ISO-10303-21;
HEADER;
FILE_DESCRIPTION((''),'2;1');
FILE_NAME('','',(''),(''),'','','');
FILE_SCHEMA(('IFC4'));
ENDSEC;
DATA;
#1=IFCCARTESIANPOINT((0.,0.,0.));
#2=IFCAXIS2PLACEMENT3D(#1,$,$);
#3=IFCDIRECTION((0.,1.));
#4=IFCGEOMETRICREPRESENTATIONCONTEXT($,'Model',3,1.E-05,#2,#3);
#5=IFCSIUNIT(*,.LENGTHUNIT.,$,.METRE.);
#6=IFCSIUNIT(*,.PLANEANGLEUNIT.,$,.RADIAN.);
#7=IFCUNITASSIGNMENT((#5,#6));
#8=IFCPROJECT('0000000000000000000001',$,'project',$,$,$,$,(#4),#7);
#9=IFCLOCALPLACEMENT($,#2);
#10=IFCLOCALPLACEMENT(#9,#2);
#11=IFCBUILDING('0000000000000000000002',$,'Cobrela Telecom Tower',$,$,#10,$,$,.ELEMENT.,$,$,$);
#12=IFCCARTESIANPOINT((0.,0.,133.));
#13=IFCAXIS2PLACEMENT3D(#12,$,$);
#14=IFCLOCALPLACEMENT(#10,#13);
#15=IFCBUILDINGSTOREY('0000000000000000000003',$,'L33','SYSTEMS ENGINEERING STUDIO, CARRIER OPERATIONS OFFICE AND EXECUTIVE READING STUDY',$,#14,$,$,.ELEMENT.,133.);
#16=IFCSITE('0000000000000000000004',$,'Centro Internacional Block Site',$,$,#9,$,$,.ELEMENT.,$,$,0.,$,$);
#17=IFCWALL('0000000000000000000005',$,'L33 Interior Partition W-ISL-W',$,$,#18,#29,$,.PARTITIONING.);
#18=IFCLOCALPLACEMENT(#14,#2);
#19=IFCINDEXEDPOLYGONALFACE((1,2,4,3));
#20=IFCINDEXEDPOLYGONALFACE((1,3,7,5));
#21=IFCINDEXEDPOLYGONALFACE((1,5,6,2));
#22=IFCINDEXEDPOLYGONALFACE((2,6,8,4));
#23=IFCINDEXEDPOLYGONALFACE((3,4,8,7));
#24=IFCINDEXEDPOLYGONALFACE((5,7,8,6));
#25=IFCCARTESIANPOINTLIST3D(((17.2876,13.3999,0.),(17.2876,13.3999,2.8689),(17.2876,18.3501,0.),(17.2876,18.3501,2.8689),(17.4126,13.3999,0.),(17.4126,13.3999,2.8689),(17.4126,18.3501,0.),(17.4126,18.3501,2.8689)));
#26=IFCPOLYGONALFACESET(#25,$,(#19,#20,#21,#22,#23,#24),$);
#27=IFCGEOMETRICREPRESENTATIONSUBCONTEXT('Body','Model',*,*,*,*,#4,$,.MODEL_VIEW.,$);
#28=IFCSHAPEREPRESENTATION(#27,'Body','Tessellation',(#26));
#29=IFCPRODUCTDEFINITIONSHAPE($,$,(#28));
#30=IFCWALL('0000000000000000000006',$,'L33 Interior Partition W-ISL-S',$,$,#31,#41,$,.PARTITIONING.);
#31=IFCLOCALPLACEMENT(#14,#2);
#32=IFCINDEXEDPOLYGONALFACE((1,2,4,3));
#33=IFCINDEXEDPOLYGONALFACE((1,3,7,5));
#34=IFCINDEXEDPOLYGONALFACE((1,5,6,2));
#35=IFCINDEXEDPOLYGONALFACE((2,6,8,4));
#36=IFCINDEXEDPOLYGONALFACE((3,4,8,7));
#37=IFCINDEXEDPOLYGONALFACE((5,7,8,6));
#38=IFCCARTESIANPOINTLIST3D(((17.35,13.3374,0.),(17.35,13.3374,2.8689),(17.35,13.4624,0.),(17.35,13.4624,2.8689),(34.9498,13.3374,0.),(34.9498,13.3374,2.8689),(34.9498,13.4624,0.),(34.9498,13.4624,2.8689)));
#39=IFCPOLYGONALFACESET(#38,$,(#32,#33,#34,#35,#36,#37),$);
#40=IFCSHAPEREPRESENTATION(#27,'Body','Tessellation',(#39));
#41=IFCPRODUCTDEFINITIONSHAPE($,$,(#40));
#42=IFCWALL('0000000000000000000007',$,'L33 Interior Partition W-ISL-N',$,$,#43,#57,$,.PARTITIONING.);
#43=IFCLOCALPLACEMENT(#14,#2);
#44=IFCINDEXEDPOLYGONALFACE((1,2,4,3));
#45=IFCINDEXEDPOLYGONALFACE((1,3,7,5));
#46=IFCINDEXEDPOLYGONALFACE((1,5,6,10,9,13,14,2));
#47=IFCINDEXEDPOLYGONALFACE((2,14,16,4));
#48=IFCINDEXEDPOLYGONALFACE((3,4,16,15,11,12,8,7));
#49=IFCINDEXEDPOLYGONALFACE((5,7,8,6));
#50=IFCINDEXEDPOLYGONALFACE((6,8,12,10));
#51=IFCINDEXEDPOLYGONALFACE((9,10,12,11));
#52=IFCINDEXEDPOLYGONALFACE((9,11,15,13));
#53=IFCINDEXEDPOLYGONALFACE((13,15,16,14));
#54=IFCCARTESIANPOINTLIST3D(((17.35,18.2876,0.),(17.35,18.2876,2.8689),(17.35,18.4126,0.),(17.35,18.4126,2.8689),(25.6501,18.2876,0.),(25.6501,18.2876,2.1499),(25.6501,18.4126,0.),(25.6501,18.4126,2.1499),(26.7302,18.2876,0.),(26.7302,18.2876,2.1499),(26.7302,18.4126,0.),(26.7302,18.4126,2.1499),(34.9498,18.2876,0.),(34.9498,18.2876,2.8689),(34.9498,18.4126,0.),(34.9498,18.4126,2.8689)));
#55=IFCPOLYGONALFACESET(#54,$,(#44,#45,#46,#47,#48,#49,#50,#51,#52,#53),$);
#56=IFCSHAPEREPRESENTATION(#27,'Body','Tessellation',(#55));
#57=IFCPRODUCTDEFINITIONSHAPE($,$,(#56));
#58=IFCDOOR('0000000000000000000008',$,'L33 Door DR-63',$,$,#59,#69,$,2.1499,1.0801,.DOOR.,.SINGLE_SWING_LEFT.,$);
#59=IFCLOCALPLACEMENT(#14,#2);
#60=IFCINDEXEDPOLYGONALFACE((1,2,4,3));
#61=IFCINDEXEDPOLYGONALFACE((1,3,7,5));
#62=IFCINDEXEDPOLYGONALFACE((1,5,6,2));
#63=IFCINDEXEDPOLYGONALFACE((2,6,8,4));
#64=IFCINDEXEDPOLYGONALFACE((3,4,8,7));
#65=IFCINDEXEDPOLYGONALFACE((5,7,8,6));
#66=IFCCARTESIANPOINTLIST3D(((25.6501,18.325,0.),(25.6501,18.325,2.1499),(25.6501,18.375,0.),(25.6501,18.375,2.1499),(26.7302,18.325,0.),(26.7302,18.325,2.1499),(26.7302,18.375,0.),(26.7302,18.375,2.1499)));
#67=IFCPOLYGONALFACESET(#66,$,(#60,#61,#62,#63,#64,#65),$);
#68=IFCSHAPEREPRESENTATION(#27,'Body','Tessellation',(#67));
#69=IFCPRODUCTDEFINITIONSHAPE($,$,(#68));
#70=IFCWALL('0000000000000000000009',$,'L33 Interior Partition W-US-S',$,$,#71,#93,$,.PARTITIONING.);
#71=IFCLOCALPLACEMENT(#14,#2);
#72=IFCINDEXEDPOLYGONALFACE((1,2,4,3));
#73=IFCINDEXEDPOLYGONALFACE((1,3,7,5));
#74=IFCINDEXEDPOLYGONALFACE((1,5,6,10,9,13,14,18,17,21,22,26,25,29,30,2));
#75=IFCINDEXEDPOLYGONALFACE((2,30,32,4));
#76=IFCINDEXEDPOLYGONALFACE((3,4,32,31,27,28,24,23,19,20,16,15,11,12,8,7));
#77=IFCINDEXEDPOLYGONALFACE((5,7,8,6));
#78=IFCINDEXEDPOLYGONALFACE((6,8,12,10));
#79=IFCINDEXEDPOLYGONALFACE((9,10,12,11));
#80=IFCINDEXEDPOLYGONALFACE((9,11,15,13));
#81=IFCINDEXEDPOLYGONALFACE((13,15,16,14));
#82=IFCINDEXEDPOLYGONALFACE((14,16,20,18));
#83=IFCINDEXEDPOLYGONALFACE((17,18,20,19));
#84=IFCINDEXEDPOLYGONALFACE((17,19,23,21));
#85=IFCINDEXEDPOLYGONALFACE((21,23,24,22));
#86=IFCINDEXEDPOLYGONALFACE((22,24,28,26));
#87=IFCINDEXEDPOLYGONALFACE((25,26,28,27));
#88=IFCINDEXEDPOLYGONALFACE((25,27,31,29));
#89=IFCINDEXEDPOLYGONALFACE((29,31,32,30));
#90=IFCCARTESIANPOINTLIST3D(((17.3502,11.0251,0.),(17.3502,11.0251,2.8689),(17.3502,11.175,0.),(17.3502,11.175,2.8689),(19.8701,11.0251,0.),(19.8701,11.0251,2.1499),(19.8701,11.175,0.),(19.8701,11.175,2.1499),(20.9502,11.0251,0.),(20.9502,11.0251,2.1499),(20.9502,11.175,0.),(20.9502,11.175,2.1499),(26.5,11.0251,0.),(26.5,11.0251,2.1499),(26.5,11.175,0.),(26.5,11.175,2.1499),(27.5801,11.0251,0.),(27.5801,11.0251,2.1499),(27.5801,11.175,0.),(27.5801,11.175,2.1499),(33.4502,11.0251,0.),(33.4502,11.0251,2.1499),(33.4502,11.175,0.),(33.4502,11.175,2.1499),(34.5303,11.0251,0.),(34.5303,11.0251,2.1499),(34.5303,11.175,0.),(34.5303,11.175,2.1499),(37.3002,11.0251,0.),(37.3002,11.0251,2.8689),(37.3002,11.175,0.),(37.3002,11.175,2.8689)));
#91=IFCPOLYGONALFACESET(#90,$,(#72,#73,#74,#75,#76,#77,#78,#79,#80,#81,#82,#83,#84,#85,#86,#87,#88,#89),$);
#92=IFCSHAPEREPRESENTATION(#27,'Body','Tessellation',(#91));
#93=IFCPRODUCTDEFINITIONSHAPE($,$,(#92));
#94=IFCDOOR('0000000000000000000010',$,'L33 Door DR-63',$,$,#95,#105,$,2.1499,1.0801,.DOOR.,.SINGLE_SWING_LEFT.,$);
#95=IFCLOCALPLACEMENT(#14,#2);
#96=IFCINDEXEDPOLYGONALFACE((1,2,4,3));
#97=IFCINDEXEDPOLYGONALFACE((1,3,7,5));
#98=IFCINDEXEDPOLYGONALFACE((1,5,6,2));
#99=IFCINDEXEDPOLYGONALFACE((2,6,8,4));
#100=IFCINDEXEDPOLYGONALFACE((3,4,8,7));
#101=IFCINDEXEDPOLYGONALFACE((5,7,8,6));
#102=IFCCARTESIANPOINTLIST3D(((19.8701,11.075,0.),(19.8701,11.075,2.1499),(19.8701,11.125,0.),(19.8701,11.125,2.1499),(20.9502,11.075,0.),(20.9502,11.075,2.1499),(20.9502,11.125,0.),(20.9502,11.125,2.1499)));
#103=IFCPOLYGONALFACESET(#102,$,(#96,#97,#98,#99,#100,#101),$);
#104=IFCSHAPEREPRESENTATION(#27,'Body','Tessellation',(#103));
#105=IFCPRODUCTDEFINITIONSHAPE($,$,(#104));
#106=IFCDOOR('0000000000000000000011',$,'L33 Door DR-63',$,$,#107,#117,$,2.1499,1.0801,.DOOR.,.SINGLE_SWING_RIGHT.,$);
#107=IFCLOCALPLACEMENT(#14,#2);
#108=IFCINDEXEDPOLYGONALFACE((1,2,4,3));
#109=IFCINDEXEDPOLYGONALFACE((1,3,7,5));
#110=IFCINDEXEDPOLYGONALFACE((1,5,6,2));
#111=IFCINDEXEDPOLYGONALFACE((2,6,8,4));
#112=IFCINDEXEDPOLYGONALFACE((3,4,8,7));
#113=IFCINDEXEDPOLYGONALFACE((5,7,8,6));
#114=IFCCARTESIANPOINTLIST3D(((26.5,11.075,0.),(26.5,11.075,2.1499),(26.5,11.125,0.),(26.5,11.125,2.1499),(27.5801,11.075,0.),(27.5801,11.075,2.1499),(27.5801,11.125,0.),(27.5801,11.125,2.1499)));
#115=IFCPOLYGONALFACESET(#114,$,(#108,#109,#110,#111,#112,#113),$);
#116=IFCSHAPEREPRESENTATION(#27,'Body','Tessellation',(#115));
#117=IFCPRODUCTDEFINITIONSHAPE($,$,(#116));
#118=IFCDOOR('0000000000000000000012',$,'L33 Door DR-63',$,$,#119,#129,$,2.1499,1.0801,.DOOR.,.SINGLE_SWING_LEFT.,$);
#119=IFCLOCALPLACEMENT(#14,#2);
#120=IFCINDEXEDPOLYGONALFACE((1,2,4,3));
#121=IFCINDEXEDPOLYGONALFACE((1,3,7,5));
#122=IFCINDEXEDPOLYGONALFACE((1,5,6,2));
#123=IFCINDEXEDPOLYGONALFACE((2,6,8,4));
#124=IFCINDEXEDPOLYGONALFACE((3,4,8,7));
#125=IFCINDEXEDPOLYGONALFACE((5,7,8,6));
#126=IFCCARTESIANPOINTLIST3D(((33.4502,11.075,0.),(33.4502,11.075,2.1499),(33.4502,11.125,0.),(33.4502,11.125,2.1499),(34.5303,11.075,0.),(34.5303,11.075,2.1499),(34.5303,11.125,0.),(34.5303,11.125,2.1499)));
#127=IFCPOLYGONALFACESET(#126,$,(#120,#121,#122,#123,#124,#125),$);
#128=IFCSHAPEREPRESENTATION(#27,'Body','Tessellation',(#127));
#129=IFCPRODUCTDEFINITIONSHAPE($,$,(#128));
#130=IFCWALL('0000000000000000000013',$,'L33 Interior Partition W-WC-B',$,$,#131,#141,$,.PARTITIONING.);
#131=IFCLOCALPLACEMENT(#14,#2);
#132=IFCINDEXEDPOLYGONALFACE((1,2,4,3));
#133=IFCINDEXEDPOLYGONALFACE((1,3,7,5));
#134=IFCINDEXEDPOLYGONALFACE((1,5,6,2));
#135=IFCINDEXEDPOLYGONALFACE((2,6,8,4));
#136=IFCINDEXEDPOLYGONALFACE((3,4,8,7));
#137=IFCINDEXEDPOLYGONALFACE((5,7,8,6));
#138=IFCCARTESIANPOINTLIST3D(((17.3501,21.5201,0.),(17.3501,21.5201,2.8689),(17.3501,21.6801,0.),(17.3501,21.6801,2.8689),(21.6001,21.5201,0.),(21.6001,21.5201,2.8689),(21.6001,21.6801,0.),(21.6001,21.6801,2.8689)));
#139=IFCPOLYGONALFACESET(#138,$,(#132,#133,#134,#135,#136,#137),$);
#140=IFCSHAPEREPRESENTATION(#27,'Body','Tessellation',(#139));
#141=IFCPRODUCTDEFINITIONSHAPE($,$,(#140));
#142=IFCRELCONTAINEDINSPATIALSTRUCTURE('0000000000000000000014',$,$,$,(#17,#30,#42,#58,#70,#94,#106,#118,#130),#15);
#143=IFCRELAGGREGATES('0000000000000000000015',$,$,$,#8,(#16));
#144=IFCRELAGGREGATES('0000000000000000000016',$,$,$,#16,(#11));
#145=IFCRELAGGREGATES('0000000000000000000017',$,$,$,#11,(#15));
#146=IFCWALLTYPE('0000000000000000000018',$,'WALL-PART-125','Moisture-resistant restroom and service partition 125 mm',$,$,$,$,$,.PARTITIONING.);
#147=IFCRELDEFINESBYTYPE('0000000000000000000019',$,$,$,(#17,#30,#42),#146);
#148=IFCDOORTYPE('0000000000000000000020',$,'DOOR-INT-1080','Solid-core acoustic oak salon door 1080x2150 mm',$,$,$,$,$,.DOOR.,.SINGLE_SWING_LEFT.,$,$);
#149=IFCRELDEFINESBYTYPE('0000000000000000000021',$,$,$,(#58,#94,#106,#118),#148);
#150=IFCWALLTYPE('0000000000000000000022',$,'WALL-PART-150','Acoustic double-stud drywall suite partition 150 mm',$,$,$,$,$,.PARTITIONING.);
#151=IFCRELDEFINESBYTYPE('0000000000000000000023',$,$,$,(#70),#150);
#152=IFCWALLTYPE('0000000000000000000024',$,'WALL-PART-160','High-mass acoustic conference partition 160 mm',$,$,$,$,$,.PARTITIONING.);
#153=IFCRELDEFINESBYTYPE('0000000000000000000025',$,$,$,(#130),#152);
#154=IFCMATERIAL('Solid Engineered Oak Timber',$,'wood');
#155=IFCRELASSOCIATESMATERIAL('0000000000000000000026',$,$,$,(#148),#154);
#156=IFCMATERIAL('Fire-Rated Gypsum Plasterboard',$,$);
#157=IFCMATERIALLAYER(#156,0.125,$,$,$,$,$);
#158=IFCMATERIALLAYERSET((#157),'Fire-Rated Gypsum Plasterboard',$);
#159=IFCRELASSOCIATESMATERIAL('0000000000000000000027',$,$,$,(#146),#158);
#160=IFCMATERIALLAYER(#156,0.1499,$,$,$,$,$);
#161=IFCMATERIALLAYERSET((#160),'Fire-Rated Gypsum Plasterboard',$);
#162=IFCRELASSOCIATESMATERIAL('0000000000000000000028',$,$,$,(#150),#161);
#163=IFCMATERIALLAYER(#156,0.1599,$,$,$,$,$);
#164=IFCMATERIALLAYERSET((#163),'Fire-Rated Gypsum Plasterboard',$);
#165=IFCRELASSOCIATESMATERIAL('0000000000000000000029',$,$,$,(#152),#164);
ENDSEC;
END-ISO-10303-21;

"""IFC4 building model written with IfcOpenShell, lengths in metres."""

from ifc_helpers import new_model, si_unit, direction, frame, frame_2d, origin, place, context, subcontext, project, spatial, rectangle, extrude, material, layer, layer_set, type_object, element, fill, save


model = new_model("IFC4")

# Units and contexts
model_context = context("Model", 3, precision=1e-05, world=origin(), true_north=direction((0.0, 1.0)))
body_context = subcontext(model_context, "Body", "Model", "MODEL_VIEW")
ifc_project = project(units=[si_unit("LENGTHUNIT", "METRE"), si_unit("PLANEANGLEUNIT", "RADIAN")], contexts=[model_context])

# Site, building, storey
site_placement = place(None, origin())
site = spatial("IfcSite", under=ifc_project, at=site_placement, Name="Centro Internacional Block Site", CompositionType="ELEMENT", RefElevation=0.0)
building_placement = place(site_placement, origin())
building = spatial("IfcBuilding", under=site, at=building_placement, Name="Cobrela Telecom Tower", CompositionType="ELEMENT")
storey_placement = place(building_placement, frame((0.0, 0.0, 133.0)))
storey = spatial("IfcBuildingStorey", under=building, at=storey_placement, Name="L33", Description="SYSTEMS ENGINEERING STUDIO, CARRIER OPERATIONS OFFICE AND EXECUTIVE READING STUDY", CompositionType="ELEMENT", Elevation=133.0)

# Shared definitions
ifc_material_1 = material(Name="Fire-Rated Gypsum Plasterboard")
ifc_material_2 = material(Name="Solid Engineered Oak Timber", Category="wood")
door_type_1 = type_object("IfcDoorType", Name="DOOR-INT-1080", Description="Solid-core acoustic oak salon door 1080x2150 mm", OperationType="SINGLE_SWING_LEFT", PredefinedType="DOOR", material=ifc_material_2)

# Walls
ifc_layer_1 = layer(ifc_material_1, 0.125)
ifc_layer_set_1 = layer_set([ifc_layer_1], Name="Fire-Rated Gypsum Plasterboard")
wall_type_1 = type_object("IfcWallType", Name="WALL-PART-125", Description="Moisture-resistant restroom and service partition 125 mm", PredefinedType="PARTITIONING", material=ifc_layer_set_1)
wall_1_placement = place(storey_placement, frame((17.3501, 13.3999, 0.0), z_axis=(0.0, 0.0, 1.0), x_axis=(0.0, 1.0, 0.0)))
element("IfcWall", 1, at=wall_1_placement, inside=storey, type_object=wall_type_1, Name="L33 Interior Partition W-ISL-W", PredefinedType="PARTITIONING", context=body_context, shape_type="SweptSolid", body=[
    extrude(rectangle(XDim=4.9502, YDim=0.125, at=frame_2d((2.4751, 0.0))), origin(), (0.0, 0.0, 1.0), 2.8689),
])
wall_2_placement = place(storey_placement, frame((17.3501, 13.3999, 0.0), z_axis=(0.0, 0.0, 1.0), x_axis=(1.0, 0.0, 0.0)))
element("IfcWall", 2, at=wall_2_placement, inside=storey, type_object=wall_type_1, Name="L33 Interior Partition W-ISL-S", PredefinedType="PARTITIONING", context=body_context, shape_type="SweptSolid", body=[
    extrude(rectangle(XDim=17.5999, YDim=0.125, at=frame_2d((8.7998, 0.0))), origin(), (0.0, 0.0, 1.0), 2.8689),
])

# Wall, opening, door
wall_3_placement = place(storey_placement, frame((17.3501, 18.3501, 0.0), z_axis=(0.0, 0.0, 1.0), x_axis=(1.0, 0.0, 0.0)))
wall_3 = element("IfcWall", 3, at=wall_3_placement, inside=storey, type_object=wall_type_1, Name="L33 Interior Partition W-ISL-N", PredefinedType="PARTITIONING", context=body_context, shape_type="SweptSolid", body=[
    extrude(rectangle(XDim=17.5999, YDim=0.125, at=frame_2d((8.7998, 0.0))), origin(), (0.0, 0.0, 1.0), 2.8689),
])
opening_1_placement = place(wall_3_placement, frame((8.3, 0.0, 0.0)))
opening_1 = element("IfcOpeningElement", 4, at=opening_1_placement, cuts=wall_3, PredefinedType="OPENING", context=body_context, shape_type="SweptSolid", body=[
    extrude(rectangle(XDim=1.0801, YDim=2.1499, at=frame_2d((0.54, 1.075))), frame((0.0, 0.0745, 0.0), z_axis=(0.0, -1.0, 0.0), x_axis=(1.0, 0.0, 0.0)), (0.0, 0.0, 1.0), 0.1489),
])
door_1_placement = place(opening_1_placement, origin())
door_1 = element("IfcDoor", 5, at=door_1_placement, inside=storey, type_object=door_type_1, Name="L33 Door DR-63", OperationType="SINGLE_SWING_LEFT", OverallHeight=2.1499, OverallWidth=1.0801, PredefinedType="DOOR", context=body_context, shape_type="SweptSolid", body=[
    extrude(rectangle(XDim=1.0801, YDim=2.1499, at=frame_2d((0.54, 1.075))), frame((0.0, 0.0249, 0.0), z_axis=(0.0, -1.0, 0.0), x_axis=(1.0, 0.0, 0.0)), (0.0, 0.0, 1.0), 0.05),
])
fill(opening_1, door_1)

# Wall, openings, doors
ifc_layer_2 = layer(ifc_material_1, 0.1499)
ifc_layer_set_2 = layer_set([ifc_layer_2], Name="Fire-Rated Gypsum Plasterboard")
wall_type_2 = type_object("IfcWallType", Name="WALL-PART-150", Description="Acoustic double-stud drywall suite partition 150 mm", PredefinedType="PARTITIONING", material=ifc_layer_set_2)
wall_4_placement = place(storey_placement, frame((17.3501, 11.1001, 0.0), z_axis=(0.0, 0.0, 1.0), x_axis=(1.0, 0.0, 0.0)))
wall_4 = element("IfcWall", 6, at=wall_4_placement, inside=storey, type_object=wall_type_2, Name="L33 Interior Partition W-US-S", PredefinedType="PARTITIONING", context=body_context, shape_type="SweptSolid", body=[
    extrude(rectangle(XDim=19.95, YDim=0.1499, at=frame_2d((9.9751, 0.0))), origin(), (0.0, 0.0, 1.0), 2.8689),
])
opening_2_placement = place(wall_4_placement, frame((2.52, 0.0, 0.0)))
opening_2 = element("IfcOpeningElement", 7, at=opening_2_placement, cuts=wall_4, PredefinedType="OPENING", context=body_context, shape_type="SweptSolid", body=[
    extrude(rectangle(XDim=1.0801, YDim=2.1499, at=frame_2d((0.54, 1.075))), frame((0.0, 0.0869, 0.0), z_axis=(0.0, -1.0, 0.0), x_axis=(1.0, 0.0, 0.0)), (0.0, 0.0, 1.0), 0.1738),
])
opening_3_placement = place(wall_4_placement, frame((9.1499, 0.0, 0.0)))
opening_3 = element("IfcOpeningElement", 8, at=opening_3_placement, cuts=wall_4, PredefinedType="OPENING", context=body_context, shape_type="SweptSolid", body=[
    extrude(rectangle(XDim=1.0801, YDim=2.1499, at=frame_2d((0.54, 1.075))), frame((0.0, 0.0869, 0.0), z_axis=(0.0, -1.0, 0.0), x_axis=(1.0, 0.0, 0.0)), (0.0, 0.0, 1.0), 0.1738),
])
opening_4_placement = place(wall_4_placement, frame((16.1001, 0.0, 0.0)))
opening_4 = element("IfcOpeningElement", 9, at=opening_4_placement, cuts=wall_4, PredefinedType="OPENING", context=body_context, shape_type="SweptSolid", body=[
    extrude(rectangle(XDim=1.0801, YDim=2.1499, at=frame_2d((0.54, 1.075))), frame((0.0, 0.0869, 0.0), z_axis=(0.0, -1.0, 0.0), x_axis=(1.0, 0.0, 0.0)), (0.0, 0.0, 1.0), 0.1738),
])
door_2_placement = place(opening_2_placement, origin())
door_2 = element("IfcDoor", 10, at=door_2_placement, inside=storey, type_object=door_type_1, Name="L33 Door DR-63", OperationType="SINGLE_SWING_LEFT", OverallHeight=2.1499, OverallWidth=1.0801, PredefinedType="DOOR", context=body_context, shape_type="SweptSolid", body=[
    extrude(rectangle(XDim=1.0801, YDim=2.1499, at=frame_2d((0.54, 1.075))), frame((0.0, 0.0249, 0.0), z_axis=(0.0, -1.0, 0.0), x_axis=(1.0, 0.0, 0.0)), (0.0, 0.0, 1.0), 0.05),
])
fill(opening_2, door_2)
door_3_placement = place(opening_3_placement, origin())
door_3 = element("IfcDoor", 11, at=door_3_placement, inside=storey, type_object=door_type_1, Name="L33 Door DR-63", OperationType="SINGLE_SWING_RIGHT", OverallHeight=2.1499, OverallWidth=1.0801, PredefinedType="DOOR", context=body_context, shape_type="SweptSolid", body=[
    extrude(rectangle(XDim=1.0801, YDim=2.1499, at=frame_2d((0.54, 1.075))), frame((0.0, 0.0249, 0.0), z_axis=(0.0, -1.0, 0.0), x_axis=(1.0, 0.0, 0.0)), (0.0, 0.0, 1.0), 0.05),
])
fill(opening_3, door_3)
door_4_placement = place(opening_4_placement, origin())
door_4 = element("IfcDoor", 12, at=door_4_placement, inside=storey, type_object=door_type_1, Name="L33 Door DR-63", OperationType="SINGLE_SWING_LEFT", OverallHeight=2.1499, OverallWidth=1.0801, PredefinedType="DOOR", context=body_context, shape_type="SweptSolid", body=[
    extrude(rectangle(XDim=1.0801, YDim=2.1499, at=frame_2d((0.54, 1.075))), frame((0.0, 0.0249, 0.0), z_axis=(0.0, -1.0, 0.0), x_axis=(1.0, 0.0, 0.0)), (0.0, 0.0, 1.0), 0.05),
])
fill(opening_4, door_4)
ifc_layer_3 = layer(ifc_material_1, 0.1599)
ifc_layer_set_3 = layer_set([ifc_layer_3], Name="Fire-Rated Gypsum Plasterboard")
wall_type_3 = type_object("IfcWallType", Name="WALL-PART-160", Description="High-mass acoustic conference partition 160 mm", PredefinedType="PARTITIONING", material=ifc_layer_set_3)

# Wall
wall_5_placement = place(storey_placement, frame((17.3501, 21.6001, 0.0), z_axis=(0.0, 0.0, 1.0), x_axis=(1.0, 0.0, 0.0)))
element("IfcWall", 13, at=wall_5_placement, inside=storey, type_object=wall_type_3, Name="L33 Interior Partition W-WC-B", PredefinedType="PARTITIONING", context=body_context, shape_type="SweptSolid", body=[
    extrude(rectangle(XDim=4.25, YDim=0.1599, at=frame_2d((2.125, 0.0))), origin(), (0.0, 0.0, 1.0), 2.8689),
])

save(model, "model.ifc")
